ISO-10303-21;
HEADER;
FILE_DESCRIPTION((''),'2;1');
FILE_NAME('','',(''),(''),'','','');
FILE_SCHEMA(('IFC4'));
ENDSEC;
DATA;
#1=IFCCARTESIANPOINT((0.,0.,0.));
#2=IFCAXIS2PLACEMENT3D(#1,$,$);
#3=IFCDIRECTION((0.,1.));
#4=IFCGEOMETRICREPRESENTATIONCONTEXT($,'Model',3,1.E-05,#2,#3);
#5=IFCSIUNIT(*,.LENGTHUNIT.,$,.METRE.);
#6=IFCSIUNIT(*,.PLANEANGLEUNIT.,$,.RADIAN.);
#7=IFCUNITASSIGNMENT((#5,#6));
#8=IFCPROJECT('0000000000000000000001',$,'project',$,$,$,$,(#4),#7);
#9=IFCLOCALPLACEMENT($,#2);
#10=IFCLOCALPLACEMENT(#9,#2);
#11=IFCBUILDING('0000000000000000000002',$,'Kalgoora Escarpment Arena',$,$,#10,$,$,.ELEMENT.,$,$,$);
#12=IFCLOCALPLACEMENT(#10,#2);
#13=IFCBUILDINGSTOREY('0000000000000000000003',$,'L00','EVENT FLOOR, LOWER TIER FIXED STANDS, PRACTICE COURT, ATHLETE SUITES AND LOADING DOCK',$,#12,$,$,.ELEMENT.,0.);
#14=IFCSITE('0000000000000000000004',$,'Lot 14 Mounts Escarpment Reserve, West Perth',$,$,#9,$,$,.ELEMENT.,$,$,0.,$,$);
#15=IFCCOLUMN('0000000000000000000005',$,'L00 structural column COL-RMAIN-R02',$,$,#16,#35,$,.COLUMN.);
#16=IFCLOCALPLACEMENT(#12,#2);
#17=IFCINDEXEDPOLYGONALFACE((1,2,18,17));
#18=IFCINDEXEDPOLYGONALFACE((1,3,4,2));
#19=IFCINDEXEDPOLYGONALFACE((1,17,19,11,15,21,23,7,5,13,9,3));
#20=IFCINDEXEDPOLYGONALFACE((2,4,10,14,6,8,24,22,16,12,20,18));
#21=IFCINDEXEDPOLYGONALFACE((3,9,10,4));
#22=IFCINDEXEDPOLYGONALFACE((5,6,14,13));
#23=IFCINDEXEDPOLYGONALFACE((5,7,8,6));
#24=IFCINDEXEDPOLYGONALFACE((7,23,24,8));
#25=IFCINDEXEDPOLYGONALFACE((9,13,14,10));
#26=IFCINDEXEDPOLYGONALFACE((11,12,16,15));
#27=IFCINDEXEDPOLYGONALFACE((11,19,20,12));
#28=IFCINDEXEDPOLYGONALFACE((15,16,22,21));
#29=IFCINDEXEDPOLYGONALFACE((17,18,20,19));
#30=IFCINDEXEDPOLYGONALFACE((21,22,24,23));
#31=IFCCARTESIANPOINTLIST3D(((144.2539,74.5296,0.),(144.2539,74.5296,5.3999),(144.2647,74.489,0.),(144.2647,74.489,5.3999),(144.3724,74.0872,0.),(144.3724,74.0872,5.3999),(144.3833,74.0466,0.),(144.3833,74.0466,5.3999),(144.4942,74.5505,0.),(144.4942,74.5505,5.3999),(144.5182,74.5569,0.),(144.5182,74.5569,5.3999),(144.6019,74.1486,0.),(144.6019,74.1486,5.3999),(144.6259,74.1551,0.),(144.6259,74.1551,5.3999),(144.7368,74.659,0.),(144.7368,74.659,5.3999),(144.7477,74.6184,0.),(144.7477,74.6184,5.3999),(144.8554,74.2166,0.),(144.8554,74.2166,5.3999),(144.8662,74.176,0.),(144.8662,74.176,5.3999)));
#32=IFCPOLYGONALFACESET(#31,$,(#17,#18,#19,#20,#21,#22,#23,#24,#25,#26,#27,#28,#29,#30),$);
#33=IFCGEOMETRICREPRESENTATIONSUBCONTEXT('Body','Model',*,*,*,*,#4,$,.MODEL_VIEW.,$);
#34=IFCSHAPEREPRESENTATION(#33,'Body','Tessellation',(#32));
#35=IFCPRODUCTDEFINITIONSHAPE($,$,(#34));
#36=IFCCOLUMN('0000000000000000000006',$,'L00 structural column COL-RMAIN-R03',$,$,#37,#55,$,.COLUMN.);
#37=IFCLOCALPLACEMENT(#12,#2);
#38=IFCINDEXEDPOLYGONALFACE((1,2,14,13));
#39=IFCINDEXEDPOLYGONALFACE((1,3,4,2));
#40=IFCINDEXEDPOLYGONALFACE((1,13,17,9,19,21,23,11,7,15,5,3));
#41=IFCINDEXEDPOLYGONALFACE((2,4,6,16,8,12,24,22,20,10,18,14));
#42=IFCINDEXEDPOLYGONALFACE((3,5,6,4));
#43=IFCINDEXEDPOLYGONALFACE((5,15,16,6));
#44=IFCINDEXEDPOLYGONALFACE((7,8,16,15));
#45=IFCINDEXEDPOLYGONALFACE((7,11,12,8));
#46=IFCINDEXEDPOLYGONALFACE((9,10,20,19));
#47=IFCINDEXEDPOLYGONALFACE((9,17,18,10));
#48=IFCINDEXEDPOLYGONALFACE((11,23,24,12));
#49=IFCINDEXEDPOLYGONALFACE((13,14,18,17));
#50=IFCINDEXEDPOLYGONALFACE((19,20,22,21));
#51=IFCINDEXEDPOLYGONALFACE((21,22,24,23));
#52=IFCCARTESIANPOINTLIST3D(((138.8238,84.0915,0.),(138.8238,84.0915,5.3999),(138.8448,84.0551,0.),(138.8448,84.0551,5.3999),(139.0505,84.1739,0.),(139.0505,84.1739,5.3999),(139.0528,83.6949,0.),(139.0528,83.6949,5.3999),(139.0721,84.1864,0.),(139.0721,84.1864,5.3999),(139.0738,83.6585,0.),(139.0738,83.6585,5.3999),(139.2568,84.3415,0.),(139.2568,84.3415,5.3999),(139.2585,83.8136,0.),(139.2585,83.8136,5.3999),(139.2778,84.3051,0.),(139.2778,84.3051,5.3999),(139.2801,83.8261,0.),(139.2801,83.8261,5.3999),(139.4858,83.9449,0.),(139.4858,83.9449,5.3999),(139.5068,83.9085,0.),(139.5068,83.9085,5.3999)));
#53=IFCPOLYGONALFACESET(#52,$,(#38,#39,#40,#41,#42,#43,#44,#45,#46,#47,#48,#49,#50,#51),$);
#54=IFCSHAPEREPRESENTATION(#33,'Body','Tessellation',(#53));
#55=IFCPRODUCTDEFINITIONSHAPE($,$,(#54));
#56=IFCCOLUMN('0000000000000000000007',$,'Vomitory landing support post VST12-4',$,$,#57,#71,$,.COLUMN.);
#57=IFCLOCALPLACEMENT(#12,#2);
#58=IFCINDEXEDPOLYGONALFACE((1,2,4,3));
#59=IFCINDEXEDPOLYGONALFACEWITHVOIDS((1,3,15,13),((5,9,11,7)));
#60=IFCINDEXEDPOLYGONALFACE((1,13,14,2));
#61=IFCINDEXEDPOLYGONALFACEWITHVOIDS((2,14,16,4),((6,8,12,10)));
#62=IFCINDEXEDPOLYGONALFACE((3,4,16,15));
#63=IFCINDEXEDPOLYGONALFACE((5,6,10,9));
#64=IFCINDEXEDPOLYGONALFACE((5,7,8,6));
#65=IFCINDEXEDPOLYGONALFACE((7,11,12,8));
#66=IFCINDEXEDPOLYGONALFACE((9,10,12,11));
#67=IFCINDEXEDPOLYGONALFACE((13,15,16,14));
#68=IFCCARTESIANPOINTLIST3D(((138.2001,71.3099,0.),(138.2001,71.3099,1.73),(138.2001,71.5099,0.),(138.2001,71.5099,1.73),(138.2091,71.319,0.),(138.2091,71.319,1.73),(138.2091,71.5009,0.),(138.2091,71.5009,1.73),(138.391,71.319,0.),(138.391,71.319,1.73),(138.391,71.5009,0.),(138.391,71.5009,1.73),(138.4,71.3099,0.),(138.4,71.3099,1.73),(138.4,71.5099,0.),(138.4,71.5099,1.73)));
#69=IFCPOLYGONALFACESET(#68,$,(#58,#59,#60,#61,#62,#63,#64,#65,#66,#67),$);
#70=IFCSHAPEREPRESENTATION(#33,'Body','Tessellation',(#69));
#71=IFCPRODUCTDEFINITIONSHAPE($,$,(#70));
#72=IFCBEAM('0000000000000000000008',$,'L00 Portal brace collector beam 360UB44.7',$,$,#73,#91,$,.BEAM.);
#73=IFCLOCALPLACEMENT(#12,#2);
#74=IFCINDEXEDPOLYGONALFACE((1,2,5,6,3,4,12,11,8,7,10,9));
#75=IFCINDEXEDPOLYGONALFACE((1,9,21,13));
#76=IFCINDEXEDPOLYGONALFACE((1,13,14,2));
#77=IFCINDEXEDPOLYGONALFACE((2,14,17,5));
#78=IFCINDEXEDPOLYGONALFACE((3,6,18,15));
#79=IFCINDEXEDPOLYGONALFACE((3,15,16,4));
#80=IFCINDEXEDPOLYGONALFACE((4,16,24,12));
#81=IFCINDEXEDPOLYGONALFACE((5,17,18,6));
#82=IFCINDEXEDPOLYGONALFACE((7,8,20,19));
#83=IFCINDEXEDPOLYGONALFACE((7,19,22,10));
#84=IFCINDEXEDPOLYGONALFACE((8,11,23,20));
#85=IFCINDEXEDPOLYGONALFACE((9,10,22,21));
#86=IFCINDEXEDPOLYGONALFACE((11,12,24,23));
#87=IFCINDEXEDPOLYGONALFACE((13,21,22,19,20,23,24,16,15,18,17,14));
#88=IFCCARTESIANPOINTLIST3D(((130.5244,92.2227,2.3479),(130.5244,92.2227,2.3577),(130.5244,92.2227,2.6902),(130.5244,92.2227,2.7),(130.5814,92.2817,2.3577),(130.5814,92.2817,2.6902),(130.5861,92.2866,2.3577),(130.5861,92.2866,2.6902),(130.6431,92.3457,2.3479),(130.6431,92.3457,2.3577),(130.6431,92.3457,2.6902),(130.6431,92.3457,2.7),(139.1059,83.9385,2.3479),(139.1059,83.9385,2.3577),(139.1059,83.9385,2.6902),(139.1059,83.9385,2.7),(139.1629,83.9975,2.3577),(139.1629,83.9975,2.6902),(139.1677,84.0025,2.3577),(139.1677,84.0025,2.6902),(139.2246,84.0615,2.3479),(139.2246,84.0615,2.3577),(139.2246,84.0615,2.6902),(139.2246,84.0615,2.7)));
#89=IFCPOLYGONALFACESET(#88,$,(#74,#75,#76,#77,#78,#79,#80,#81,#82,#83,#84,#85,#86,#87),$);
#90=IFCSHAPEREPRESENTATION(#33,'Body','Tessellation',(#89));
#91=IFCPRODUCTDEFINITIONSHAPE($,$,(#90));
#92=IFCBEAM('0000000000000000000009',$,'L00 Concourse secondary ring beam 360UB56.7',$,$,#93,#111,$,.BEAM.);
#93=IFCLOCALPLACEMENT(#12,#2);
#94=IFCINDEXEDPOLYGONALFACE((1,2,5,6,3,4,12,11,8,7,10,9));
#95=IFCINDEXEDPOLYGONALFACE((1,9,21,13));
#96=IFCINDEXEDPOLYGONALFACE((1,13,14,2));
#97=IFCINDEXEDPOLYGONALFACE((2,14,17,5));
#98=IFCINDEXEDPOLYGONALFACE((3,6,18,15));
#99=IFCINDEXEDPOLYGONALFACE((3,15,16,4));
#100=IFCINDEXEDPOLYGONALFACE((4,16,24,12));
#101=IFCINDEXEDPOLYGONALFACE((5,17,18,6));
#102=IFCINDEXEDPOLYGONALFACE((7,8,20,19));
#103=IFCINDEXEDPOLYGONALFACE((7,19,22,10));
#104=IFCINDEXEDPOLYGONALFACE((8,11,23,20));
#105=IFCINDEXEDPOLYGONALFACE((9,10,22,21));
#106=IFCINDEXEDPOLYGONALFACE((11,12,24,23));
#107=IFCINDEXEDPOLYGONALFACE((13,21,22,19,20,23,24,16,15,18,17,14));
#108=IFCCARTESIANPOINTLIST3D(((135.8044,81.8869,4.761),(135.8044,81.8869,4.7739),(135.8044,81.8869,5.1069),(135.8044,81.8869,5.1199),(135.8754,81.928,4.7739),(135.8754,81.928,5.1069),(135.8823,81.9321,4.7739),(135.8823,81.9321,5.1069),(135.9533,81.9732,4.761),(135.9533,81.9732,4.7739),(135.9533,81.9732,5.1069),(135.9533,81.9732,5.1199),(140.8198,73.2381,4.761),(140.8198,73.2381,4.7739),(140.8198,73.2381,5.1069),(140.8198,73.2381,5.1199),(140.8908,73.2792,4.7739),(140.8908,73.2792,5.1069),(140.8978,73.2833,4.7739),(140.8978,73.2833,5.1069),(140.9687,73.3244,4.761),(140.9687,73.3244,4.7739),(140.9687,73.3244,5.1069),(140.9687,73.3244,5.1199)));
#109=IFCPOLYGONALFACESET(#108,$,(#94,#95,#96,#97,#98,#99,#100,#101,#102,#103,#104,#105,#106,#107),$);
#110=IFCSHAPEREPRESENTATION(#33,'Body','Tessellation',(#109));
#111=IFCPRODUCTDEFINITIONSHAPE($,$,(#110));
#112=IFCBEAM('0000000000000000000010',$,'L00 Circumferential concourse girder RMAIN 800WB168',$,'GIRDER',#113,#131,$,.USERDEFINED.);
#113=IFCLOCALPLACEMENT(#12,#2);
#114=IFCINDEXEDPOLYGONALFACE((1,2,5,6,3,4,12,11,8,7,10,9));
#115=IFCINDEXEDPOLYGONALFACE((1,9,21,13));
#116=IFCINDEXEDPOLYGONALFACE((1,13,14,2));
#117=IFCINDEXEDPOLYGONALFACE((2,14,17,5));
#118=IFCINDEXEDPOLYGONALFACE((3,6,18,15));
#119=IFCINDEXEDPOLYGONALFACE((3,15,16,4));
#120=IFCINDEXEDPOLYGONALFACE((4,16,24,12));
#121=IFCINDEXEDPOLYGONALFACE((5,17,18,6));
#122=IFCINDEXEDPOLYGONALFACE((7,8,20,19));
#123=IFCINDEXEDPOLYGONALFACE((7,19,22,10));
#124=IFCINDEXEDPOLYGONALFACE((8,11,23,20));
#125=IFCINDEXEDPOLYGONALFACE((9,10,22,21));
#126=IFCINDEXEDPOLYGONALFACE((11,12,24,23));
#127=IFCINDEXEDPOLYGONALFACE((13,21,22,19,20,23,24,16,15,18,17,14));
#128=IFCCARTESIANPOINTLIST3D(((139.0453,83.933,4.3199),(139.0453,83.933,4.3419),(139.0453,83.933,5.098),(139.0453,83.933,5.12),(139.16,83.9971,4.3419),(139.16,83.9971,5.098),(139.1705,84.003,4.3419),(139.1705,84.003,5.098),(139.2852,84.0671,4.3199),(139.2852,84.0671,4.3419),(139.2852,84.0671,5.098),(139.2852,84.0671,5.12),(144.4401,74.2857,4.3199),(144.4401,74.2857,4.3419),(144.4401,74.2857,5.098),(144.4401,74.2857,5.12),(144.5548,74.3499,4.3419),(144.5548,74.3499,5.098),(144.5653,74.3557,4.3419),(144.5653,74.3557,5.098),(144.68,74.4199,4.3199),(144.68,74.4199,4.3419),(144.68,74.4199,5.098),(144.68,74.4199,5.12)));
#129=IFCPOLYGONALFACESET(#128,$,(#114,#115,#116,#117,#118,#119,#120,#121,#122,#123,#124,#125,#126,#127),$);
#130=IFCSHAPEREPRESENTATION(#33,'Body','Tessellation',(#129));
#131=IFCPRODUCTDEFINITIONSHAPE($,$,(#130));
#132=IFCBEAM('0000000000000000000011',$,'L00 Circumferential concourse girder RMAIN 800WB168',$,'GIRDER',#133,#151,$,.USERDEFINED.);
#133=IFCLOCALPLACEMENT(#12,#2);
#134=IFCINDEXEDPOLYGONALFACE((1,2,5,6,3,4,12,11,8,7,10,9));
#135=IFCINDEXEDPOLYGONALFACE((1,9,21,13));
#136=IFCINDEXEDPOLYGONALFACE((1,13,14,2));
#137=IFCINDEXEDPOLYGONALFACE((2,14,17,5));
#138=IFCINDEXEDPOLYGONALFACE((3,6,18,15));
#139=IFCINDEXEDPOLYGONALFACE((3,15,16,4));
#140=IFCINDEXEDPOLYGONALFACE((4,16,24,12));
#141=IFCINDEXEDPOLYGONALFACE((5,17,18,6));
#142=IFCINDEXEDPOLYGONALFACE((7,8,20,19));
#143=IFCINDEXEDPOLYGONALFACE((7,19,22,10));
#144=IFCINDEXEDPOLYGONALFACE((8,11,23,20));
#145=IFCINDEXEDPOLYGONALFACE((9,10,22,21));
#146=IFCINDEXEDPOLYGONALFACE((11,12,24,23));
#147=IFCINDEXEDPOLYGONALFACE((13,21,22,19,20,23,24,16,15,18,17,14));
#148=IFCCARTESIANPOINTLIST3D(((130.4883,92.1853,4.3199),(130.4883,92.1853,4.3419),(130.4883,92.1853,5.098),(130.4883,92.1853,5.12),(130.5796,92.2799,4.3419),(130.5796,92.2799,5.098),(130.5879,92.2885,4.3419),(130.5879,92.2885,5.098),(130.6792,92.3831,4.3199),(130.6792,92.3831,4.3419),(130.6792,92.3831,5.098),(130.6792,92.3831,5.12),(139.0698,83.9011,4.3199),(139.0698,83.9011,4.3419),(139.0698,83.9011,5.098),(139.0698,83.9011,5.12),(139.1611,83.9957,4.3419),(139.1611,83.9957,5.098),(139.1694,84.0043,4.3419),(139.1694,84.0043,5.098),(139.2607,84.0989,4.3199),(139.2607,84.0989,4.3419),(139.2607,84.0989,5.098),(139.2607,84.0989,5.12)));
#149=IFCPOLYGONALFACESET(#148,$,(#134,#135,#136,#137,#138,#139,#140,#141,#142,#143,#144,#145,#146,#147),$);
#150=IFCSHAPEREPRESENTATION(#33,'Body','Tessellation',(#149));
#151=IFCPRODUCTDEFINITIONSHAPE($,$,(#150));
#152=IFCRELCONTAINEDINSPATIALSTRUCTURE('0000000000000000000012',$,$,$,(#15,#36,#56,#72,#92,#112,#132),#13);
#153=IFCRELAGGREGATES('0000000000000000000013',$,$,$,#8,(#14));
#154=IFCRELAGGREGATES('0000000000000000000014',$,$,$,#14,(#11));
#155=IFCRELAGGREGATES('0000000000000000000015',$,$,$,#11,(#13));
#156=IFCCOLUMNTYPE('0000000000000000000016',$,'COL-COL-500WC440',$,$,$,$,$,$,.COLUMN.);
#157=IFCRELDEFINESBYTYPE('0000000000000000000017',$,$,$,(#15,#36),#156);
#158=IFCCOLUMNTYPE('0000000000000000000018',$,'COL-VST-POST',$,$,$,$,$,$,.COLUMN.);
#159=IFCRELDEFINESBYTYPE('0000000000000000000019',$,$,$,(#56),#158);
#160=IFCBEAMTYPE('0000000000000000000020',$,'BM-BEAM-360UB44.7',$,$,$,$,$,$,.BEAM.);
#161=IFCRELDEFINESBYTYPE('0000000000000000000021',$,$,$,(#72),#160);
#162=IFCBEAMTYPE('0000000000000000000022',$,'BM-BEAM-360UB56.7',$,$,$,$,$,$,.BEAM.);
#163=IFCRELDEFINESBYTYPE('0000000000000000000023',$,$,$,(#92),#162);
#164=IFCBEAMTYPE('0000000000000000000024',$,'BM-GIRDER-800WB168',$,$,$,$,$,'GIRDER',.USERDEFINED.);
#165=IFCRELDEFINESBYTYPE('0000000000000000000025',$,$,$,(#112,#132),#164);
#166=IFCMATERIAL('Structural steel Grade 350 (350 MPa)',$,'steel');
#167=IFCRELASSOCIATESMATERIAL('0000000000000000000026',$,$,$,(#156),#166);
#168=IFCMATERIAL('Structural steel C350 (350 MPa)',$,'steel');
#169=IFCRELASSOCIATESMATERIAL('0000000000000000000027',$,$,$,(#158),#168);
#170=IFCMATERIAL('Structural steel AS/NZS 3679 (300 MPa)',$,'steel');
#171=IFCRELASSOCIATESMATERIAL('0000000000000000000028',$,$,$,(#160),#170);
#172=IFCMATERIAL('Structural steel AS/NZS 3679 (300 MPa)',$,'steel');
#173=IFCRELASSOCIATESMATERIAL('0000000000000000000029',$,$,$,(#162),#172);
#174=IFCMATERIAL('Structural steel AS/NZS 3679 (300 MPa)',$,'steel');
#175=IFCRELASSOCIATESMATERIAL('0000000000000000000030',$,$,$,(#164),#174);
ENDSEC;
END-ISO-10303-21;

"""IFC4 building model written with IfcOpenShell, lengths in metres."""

from ifc_helpers import new_model, si_unit, direction, frame, origin, origin_2d, place, context, subcontext, project, spatial, hollow_rectangle, i_section, extrude, material, material_profile, profile_set, type_object, element, save


model = new_model("IFC4")

# Units and contexts
model_context = context("Model", 3, precision=1e-05, world=origin(), true_north=direction((0.0, 1.0)))
body_context = subcontext(model_context, "Body", "Model", "MODEL_VIEW")
ifc_project = project(units=[si_unit("LENGTHUNIT", "METRE"), si_unit("PLANEANGLEUNIT", "RADIAN")], contexts=[model_context])

# Site, building, storey
site_placement = place(None, origin())
site = spatial("IfcSite", under=ifc_project, at=site_placement, Name="Lot 14 Mounts Escarpment Reserve, West Perth", CompositionType="ELEMENT", RefElevation=0.0)
building_placement = place(site_placement, origin())
building = spatial("IfcBuilding", under=site, at=building_placement, Name="Kalgoora Escarpment Arena", CompositionType="ELEMENT")
storey_placement = place(building_placement, origin())
storey = spatial("IfcBuildingStorey", under=building, at=storey_placement, Name="L00", Description="EVENT FLOOR, LOWER TIER FIXED STANDS, PRACTICE COURT, ATHLETE SUITES AND LOADING DOCK", CompositionType="ELEMENT", Elevation=0.0)

# Columns
ifc_material_1 = material(Name="Structural steel Grade 350 (350 MPa)", Category="steel")
ifc_material_profile_1 = material_profile(ifc_material_1, i_section(OverallWidth=0.5, OverallDepth=0.5, WebThickness=0.0249, FlangeThickness=0.042, at=origin_2d()))
ifc_profile_set_1 = profile_set([ifc_material_profile_1], Name="Structural steel Grade 350 (350 MPa)")
column_type_1 = type_object("IfcColumnType", Name="COL-COL-500WC440", PredefinedType="COLUMN", material=ifc_profile_set_1)
for number, where, z_axis, x_axis, name in (
    (1, (144.5601, 74.3528, 0.0), (0.0, 0.0, 1.0), (0.965926, 0.258819, 0.0), "L00 structural column COL-RMAIN-R02"),
    (2, (139.1653, 84.0, 0.0), (0.0, 0.0, 1.0), (0.866025, 0.5, 0.0), "L00 structural column COL-RMAIN-R03"),
):
    element("IfcColumn", number, at=place(storey_placement, frame(where, z_axis=z_axis, x_axis=x_axis)), inside=storey, type_object=column_type_1, Name=name, PredefinedType="COLUMN", context=body_context, shape_type="SweptSolid", body=[
        extrude(i_section(OverallWidth=0.5, OverallDepth=0.5, WebThickness=0.0249, FlangeThickness=0.042, at=origin_2d()), origin(), (0.0, 0.0, 1.0), 5.3999),
    ])
ifc_material_2 = material(Name="Structural steel C350 (350 MPa)", Category="steel")
ifc_material_profile_2 = material_profile(ifc_material_2, hollow_rectangle(XDim=0.2, YDim=0.2, WallThickness=0.009, at=origin_2d()))
ifc_profile_set_2 = profile_set([ifc_material_profile_2], Name="Structural steel C350 (350 MPa)")
column_type_2 = type_object("IfcColumnType", Name="COL-VST-POST", PredefinedType="COLUMN", material=ifc_profile_set_2)
column_placement = place(storey_placement, frame((138.3, 71.4099, 0.0), z_axis=(0.0, 0.0, 1.0), x_axis=(1.0, 0.0, 0.0)))
element("IfcColumn", 3, at=column_placement, inside=storey, type_object=column_type_2, Name="Vomitory landing support post VST12-4", PredefinedType="COLUMN", context=body_context, shape_type="SweptSolid", body=[
    extrude(hollow_rectangle(XDim=0.2, YDim=0.2, WallThickness=0.009, at=origin_2d()), origin(), (0.0, 0.0, 1.0), 1.73),
])

# Beams
ifc_material_3 = material(Name="Structural steel AS/NZS 3679 (300 MPa)", Category="steel")
ifc_material_profile_3 = material_profile(ifc_material_3, i_section(OverallWidth=0.1709, OverallDepth=0.3521, WebThickness=0.0068, FlangeThickness=0.0098, at=origin_2d()))
ifc_profile_set_3 = profile_set([ifc_material_profile_3], Name="Structural steel AS/NZS 3679 (300 MPa)")
beam_type_1 = type_object("IfcBeamType", Name="BM-BEAM-360UB44.7", PredefinedType="BEAM", material=ifc_profile_set_3)
beam_1_placement = place(storey_placement, frame((139.1653, 84.0, 2.5239), z_axis=(-0.719462, 0.694532, 0.0), x_axis=(-0.694532, -0.719462, 0.0)))
element("IfcBeam", 4, at=beam_1_placement, inside=storey, type_object=beam_type_1, Name="L00 Portal brace collector beam 360UB44.7", PredefinedType="BEAM", context=body_context, shape_type="SweptSolid", body=[
    extrude(i_section(OverallWidth=0.1709, OverallDepth=0.3521, WebThickness=0.0068, FlangeThickness=0.0098, at=origin_2d()), origin(), (0.0, 0.0, 1.0), 11.9277),
])
ifc_material_4 = material(Name="Structural steel AS/NZS 3679 (300 MPa)", Category="steel")
ifc_material_profile_4 = material_profile(ifc_material_4, i_section(OverallWidth=0.1721, OverallDepth=0.3589, WebThickness=0.0081, FlangeThickness=0.0129, at=origin_2d()))
ifc_profile_set_4 = profile_set([ifc_material_profile_4], Name="Structural steel AS/NZS 3679 (300 MPa)")
beam_type_2 = type_object("IfcBeamType", Name="BM-BEAM-360UB56.7", PredefinedType="BEAM", material=ifc_profile_set_4)
beam_2_placement = place(storey_placement, frame((140.8943, 73.2812, 4.9404), z_axis=(-0.501654, 0.865068, 0.0), x_axis=(-0.865068, -0.501654, 0.0)))
element("IfcBeam", 5, at=beam_2_placement, inside=storey, type_object=beam_type_2, Name="L00 Concourse secondary ring beam 360UB56.7", PredefinedType="BEAM", context=body_context, shape_type="SweptSolid", body=[
    extrude(i_section(OverallWidth=0.1721, OverallDepth=0.3589, WebThickness=0.0081, FlangeThickness=0.0129, at=origin_2d()), origin(), (0.0, 0.0, 1.0), 9.9978),
])
ifc_material_5 = material(Name="Structural steel AS/NZS 3679 (300 MPa)", Category="steel")
ifc_material_profile_5 = material_profile(ifc_material_5, i_section(OverallWidth=0.2749, OverallDepth=0.8, WebThickness=0.012, FlangeThickness=0.022, at=origin_2d()))
ifc_profile_set_5 = profile_set([ifc_material_profile_5], Name="Structural steel AS/NZS 3679 (300 MPa)")
beam_type_3 = type_object("IfcBeamType", Name="BM-GIRDER-800WB168", ElementType="GIRDER", PredefinedType="USERDEFINED", material=ifc_profile_set_5)
beam_3_placement = place(storey_placement, frame((144.5601, 74.3528, 4.72), z_axis=(-0.488075, 0.872802, 0.0), x_axis=(-0.872802, -0.488075, 0.0)))
element("IfcBeam", 6, at=beam_3_placement, inside=storey, type_object=beam_type_3, Name="L00 Circumferential concourse girder RMAIN 800WB168", ObjectType="GIRDER", PredefinedType="USERDEFINED", context=body_context, shape_type="SweptSolid", body=[
    extrude(i_section(OverallWidth=0.2749, OverallDepth=0.8, WebThickness=0.012, FlangeThickness=0.022, at=origin_2d()), origin(), (0.0, 0.0, 1.0), 11.0532),
])
beam_4_placement = place(storey_placement, frame((139.1653, 84.0, 4.72), z_axis=(-0.719462, 0.694532, 0.0), x_axis=(-0.694532, -0.719462, 0.0)))
element("IfcBeam", 7, at=beam_4_placement, inside=storey, type_object=beam_type_3, Name="L00 Circumferential concourse girder RMAIN 800WB168", ObjectType="GIRDER", PredefinedType="USERDEFINED", context=body_context, shape_type="SweptSolid", body=[
    extrude(i_section(OverallWidth=0.2749, OverallDepth=0.8, WebThickness=0.012, FlangeThickness=0.022, at=origin_2d()), origin(), (0.0, 0.0, 1.0), 11.9277),
])

save(model, "model.ifc")
